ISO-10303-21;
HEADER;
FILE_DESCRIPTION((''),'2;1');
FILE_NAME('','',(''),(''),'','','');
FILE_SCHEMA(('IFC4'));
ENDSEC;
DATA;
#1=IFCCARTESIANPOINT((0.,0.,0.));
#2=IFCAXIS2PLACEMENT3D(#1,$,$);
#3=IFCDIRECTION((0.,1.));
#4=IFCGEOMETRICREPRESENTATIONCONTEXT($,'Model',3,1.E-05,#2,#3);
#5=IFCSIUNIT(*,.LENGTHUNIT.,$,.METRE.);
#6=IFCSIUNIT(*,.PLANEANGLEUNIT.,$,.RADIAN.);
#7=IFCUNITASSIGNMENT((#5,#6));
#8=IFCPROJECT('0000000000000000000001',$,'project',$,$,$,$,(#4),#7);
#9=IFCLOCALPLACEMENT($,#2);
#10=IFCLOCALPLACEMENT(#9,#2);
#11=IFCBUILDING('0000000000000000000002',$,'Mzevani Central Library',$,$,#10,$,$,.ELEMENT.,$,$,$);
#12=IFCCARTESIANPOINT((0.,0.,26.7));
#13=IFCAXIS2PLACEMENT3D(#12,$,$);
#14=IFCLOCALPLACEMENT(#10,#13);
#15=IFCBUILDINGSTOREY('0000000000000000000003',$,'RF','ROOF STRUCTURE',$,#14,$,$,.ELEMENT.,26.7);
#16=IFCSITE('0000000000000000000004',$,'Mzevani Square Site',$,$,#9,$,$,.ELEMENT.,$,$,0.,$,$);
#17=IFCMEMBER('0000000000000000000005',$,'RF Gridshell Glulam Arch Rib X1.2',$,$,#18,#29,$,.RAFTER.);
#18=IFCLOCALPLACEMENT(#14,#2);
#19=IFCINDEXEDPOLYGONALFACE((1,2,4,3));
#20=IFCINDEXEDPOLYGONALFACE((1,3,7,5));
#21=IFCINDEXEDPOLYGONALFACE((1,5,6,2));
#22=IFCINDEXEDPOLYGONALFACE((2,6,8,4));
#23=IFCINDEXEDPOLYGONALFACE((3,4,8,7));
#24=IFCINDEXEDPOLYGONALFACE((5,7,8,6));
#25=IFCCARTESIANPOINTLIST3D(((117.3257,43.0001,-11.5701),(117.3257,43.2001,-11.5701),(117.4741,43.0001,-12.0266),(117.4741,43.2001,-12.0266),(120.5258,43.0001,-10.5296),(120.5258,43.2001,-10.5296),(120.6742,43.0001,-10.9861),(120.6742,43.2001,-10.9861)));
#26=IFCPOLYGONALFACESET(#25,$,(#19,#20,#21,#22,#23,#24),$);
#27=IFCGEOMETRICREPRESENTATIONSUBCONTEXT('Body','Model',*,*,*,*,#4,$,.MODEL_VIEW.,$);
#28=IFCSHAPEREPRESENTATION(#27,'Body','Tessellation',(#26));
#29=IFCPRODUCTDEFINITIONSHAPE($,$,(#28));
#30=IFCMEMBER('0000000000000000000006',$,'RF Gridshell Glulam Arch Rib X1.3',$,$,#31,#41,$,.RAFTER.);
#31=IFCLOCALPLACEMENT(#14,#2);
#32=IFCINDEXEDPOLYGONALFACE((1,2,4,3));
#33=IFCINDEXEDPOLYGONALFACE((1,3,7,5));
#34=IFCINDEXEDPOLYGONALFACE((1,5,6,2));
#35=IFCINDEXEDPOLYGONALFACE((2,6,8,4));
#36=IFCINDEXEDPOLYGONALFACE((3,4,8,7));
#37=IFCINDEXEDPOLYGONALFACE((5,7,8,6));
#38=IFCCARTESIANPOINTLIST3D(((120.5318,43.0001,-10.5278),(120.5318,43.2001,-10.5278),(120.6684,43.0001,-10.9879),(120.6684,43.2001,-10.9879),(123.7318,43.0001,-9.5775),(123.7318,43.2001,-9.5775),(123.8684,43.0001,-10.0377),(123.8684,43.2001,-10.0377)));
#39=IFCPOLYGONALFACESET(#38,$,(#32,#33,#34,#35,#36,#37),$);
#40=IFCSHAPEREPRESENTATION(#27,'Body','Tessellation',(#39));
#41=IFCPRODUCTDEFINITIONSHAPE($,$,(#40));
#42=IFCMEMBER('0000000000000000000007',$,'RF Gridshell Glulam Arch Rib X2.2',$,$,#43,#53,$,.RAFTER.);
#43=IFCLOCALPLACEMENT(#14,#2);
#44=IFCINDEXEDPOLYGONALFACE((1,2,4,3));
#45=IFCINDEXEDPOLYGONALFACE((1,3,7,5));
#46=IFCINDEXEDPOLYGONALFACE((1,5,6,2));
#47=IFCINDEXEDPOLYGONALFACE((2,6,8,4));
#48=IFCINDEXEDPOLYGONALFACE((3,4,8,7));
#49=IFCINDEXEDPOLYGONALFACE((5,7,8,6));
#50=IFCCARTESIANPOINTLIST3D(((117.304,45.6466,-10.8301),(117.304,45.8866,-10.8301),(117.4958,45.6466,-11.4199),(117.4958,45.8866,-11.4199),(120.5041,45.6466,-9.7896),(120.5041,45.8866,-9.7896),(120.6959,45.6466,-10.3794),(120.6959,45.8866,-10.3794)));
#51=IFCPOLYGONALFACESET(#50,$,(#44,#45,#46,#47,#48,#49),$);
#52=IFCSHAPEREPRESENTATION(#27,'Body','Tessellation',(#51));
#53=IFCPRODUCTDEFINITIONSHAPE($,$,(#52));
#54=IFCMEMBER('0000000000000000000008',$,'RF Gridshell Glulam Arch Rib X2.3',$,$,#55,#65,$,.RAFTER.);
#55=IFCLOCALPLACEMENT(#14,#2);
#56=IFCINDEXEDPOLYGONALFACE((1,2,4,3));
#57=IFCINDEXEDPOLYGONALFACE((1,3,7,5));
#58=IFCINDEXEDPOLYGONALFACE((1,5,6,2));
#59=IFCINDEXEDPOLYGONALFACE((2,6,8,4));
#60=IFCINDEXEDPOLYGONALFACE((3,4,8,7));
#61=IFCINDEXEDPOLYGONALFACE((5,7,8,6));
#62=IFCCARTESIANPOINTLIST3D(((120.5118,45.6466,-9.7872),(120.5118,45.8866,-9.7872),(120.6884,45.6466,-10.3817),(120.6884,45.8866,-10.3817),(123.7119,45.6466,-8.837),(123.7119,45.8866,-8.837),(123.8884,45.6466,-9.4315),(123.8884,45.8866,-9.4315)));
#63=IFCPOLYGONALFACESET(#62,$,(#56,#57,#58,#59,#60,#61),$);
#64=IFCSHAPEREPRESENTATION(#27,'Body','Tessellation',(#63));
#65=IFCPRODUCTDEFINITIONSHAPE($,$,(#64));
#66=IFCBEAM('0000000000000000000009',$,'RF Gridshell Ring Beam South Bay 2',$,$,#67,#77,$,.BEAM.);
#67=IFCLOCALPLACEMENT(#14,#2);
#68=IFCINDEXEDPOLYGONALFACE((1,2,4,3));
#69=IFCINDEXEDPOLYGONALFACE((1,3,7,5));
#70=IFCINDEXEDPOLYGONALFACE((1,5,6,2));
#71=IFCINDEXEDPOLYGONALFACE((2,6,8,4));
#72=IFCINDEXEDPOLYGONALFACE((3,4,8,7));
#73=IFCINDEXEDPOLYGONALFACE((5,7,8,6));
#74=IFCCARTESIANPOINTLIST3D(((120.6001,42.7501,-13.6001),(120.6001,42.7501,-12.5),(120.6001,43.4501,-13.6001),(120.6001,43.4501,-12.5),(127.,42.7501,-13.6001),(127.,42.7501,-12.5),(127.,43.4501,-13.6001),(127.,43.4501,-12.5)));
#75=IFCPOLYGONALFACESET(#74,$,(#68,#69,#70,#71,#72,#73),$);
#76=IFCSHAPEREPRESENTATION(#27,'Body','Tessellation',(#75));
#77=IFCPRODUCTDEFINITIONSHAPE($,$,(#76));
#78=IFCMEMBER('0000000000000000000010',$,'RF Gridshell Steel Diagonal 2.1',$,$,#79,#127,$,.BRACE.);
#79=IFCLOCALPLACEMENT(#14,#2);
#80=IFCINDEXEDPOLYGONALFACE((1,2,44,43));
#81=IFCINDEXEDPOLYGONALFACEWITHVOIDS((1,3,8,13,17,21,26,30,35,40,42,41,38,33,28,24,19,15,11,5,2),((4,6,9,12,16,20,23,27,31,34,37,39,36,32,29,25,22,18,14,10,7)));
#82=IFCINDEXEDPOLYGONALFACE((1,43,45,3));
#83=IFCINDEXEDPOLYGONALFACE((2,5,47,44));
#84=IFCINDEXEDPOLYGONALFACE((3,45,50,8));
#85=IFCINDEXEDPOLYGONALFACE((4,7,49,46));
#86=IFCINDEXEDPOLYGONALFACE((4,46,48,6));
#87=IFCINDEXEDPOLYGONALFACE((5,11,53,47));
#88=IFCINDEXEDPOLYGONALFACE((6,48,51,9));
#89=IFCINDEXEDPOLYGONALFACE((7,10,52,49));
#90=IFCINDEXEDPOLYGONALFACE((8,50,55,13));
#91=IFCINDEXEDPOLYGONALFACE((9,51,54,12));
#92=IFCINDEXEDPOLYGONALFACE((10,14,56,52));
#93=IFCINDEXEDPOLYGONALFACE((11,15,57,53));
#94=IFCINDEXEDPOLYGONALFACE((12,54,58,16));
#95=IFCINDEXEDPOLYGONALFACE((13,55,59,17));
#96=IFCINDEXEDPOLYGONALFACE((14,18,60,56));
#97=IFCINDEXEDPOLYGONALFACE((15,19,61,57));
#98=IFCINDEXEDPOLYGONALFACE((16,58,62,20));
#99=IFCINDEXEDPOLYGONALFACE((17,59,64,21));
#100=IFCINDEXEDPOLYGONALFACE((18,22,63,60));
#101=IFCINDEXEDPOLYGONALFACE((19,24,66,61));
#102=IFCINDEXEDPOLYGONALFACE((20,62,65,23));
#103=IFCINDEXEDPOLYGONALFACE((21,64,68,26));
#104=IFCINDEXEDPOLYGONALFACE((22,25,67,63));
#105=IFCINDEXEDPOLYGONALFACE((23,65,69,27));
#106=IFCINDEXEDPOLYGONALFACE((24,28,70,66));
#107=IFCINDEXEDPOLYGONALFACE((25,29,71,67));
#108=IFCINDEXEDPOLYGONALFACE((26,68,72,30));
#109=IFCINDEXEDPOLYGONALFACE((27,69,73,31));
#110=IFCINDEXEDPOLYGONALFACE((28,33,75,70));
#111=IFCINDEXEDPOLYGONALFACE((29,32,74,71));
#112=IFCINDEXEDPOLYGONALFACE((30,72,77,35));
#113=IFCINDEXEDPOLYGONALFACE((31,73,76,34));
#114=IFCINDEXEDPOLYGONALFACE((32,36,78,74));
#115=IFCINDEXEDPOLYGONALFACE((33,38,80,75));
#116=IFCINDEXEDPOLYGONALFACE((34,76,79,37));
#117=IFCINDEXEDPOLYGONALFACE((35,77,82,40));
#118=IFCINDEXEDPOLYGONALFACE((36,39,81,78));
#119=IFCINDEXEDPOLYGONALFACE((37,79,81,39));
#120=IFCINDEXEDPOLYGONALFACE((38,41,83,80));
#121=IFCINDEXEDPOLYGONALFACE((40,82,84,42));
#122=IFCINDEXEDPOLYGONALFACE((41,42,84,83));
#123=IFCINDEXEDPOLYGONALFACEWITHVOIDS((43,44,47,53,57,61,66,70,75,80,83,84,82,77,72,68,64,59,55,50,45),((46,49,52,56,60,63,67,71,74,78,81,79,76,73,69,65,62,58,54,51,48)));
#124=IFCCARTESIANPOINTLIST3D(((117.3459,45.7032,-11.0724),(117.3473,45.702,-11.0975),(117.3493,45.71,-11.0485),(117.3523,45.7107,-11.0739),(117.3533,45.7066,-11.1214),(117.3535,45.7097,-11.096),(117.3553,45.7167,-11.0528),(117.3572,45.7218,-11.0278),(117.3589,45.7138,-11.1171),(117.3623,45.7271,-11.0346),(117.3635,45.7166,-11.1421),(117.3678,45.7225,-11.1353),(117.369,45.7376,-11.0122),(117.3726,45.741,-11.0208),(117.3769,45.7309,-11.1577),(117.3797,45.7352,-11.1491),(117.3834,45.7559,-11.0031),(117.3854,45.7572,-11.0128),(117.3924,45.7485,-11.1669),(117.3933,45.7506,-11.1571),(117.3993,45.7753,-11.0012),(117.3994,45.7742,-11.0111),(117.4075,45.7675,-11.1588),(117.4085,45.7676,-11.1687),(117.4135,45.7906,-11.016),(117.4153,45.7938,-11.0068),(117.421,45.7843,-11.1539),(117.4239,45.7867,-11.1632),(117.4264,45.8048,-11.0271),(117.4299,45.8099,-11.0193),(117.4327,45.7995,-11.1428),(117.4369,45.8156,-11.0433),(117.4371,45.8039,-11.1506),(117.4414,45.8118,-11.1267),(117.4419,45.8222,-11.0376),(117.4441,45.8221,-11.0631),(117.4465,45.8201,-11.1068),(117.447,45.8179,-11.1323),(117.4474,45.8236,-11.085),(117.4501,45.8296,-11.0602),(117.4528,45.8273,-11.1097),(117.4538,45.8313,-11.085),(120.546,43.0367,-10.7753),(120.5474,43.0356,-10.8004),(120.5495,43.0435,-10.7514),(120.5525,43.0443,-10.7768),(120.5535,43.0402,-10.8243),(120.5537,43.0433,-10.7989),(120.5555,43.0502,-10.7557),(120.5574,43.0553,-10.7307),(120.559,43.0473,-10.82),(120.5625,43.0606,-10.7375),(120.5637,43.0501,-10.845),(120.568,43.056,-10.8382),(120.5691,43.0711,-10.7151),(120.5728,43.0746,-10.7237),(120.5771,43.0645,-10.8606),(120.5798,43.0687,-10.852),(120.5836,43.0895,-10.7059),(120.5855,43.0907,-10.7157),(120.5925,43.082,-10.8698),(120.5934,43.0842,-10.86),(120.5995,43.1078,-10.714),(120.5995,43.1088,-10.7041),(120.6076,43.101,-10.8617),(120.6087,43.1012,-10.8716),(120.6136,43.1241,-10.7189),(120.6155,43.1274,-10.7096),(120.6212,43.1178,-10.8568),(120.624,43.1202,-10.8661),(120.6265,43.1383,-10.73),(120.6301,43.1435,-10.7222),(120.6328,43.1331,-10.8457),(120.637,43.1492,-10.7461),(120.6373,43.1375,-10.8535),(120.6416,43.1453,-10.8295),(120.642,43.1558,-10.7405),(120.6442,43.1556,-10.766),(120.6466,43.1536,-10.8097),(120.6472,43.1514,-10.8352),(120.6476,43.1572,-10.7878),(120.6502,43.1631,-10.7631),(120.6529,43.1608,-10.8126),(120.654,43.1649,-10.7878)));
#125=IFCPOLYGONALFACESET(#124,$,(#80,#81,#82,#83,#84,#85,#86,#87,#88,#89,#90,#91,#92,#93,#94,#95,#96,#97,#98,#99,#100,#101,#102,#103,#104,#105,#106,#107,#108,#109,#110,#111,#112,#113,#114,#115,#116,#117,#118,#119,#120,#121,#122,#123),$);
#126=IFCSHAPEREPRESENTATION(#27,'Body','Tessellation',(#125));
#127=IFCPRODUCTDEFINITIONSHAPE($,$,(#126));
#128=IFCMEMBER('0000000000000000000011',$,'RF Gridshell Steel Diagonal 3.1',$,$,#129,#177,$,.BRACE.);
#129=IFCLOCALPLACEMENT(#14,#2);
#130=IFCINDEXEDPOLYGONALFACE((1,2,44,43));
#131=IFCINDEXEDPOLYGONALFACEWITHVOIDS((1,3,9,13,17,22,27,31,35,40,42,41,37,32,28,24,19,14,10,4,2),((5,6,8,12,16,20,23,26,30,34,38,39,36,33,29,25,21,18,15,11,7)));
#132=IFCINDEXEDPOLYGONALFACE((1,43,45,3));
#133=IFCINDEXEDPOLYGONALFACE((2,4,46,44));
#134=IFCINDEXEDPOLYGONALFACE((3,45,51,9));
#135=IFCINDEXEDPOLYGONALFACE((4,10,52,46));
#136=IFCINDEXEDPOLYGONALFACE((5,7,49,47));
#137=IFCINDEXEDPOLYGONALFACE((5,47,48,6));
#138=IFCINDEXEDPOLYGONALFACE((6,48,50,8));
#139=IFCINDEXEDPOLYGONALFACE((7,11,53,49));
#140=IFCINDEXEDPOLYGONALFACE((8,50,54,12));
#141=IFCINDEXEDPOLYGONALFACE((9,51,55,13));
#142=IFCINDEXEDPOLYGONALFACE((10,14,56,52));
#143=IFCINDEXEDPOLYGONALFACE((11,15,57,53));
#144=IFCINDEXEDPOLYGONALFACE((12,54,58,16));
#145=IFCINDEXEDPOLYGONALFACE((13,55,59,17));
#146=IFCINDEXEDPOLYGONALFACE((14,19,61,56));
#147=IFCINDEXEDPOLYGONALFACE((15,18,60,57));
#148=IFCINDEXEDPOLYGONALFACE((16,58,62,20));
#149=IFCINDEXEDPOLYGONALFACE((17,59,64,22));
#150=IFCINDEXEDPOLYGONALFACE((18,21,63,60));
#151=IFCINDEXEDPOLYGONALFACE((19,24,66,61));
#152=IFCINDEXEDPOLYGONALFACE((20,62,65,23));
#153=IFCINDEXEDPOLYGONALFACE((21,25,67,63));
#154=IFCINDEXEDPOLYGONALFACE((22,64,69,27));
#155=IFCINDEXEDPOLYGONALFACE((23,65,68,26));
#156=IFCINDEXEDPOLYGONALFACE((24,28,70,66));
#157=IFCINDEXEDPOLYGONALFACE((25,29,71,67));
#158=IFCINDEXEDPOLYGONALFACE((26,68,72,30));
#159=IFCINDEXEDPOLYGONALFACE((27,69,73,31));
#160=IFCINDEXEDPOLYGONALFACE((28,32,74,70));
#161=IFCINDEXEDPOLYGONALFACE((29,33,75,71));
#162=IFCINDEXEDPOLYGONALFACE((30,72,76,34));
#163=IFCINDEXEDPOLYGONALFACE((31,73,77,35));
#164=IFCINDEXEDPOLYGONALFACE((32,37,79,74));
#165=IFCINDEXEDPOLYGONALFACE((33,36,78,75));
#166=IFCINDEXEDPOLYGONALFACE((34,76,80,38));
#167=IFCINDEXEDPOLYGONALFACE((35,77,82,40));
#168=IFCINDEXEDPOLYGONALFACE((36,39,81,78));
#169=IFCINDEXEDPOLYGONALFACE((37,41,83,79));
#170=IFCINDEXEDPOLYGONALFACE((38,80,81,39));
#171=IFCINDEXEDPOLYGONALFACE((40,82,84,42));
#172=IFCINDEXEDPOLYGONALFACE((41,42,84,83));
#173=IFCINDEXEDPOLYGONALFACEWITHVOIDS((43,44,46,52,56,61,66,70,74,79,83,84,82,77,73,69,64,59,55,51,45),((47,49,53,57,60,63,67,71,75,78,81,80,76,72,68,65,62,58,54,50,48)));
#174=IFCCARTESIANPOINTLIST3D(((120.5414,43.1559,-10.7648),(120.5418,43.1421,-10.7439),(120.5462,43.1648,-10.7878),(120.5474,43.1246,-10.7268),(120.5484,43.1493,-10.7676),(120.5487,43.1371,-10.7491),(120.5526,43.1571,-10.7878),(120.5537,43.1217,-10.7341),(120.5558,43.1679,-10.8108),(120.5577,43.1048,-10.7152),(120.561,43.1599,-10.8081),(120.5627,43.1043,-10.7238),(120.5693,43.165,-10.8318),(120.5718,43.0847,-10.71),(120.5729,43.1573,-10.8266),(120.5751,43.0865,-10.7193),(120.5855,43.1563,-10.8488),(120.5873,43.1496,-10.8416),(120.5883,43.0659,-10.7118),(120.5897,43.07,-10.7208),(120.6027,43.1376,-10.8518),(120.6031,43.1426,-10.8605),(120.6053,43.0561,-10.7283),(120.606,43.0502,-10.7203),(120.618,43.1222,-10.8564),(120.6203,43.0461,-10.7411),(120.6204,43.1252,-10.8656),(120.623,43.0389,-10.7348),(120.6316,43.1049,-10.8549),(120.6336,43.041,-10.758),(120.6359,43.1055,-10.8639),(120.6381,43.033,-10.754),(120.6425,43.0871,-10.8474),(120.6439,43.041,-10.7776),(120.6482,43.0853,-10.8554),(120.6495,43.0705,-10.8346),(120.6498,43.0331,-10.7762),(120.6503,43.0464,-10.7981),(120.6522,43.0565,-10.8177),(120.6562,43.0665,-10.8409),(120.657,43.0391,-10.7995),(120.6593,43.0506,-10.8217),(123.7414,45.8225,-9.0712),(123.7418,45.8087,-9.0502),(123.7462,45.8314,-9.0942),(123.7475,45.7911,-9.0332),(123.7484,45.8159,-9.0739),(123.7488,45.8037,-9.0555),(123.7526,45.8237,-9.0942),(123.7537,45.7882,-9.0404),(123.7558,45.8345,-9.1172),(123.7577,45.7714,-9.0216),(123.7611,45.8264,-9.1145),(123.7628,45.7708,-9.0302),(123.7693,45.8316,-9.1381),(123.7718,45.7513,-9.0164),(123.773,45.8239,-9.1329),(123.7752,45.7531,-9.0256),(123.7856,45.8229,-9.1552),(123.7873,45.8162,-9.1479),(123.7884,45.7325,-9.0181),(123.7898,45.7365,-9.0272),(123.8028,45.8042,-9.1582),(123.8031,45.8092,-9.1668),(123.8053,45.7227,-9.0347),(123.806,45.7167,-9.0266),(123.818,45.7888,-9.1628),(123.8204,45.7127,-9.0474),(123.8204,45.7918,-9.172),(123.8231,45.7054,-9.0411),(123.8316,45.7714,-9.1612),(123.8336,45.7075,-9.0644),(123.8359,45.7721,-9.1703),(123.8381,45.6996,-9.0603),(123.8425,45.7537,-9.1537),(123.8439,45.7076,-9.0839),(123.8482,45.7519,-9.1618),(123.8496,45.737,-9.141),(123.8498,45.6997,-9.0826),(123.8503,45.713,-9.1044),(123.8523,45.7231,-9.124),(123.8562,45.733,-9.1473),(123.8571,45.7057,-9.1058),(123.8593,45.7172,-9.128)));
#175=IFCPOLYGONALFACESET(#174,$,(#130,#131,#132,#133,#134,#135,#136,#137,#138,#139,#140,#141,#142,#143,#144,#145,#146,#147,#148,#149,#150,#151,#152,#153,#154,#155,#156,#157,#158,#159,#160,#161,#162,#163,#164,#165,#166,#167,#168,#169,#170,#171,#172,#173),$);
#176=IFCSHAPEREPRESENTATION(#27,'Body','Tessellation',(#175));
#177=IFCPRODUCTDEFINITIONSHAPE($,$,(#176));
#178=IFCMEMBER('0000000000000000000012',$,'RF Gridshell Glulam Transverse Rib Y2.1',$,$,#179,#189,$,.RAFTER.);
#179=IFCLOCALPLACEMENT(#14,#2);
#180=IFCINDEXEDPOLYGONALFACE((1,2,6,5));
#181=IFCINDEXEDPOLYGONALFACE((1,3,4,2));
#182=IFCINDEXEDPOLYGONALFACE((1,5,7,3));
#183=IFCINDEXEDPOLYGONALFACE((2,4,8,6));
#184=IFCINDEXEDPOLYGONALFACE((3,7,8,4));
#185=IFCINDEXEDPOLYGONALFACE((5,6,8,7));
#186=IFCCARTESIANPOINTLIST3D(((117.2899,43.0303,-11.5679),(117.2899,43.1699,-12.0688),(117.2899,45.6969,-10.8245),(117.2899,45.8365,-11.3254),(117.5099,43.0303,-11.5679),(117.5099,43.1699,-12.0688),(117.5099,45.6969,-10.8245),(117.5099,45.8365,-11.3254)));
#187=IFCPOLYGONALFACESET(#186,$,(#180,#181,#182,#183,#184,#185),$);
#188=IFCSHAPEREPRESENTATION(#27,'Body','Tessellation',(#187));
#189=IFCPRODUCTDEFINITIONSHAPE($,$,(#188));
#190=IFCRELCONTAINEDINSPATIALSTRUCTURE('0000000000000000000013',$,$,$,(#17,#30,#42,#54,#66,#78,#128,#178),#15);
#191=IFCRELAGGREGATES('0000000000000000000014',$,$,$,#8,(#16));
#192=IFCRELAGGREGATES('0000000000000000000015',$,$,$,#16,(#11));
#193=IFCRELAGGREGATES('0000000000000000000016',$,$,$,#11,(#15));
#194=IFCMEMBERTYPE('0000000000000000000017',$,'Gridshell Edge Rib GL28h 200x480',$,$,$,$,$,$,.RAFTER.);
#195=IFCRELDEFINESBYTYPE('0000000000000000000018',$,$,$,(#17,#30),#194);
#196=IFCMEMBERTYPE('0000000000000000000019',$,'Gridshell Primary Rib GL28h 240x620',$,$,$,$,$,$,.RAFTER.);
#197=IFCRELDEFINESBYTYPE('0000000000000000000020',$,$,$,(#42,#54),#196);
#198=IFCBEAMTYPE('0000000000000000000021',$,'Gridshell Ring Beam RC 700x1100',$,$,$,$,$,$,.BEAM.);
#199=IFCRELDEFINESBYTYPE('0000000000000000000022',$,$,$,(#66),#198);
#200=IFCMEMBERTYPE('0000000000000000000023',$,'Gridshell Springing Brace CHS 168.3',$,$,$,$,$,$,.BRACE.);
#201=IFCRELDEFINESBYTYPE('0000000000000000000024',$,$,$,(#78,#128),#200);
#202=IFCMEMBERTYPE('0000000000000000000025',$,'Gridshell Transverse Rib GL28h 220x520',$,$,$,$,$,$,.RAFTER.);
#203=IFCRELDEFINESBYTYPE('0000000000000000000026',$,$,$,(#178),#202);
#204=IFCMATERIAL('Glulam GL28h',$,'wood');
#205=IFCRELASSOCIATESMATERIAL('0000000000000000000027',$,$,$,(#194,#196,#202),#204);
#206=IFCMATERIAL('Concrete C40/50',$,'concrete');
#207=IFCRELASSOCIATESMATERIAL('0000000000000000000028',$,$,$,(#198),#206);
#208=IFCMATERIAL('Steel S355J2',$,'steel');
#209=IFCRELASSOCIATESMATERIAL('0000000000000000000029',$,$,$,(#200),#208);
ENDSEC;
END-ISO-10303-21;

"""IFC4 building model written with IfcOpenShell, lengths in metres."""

from ifc_helpers import new_model, si_unit, direction, frame, origin, origin_2d, place, context, subcontext, project, spatial, rectangle, hollow_circle, extrude, material, material_profile, profile_set, type_object, element, save


model = new_model("IFC4")

# Units and contexts
model_context = context("Model", 3, precision=1e-05, world=origin(), true_north=direction((0.0, 1.0)))
body_context = subcontext(model_context, "Body", "Model", "MODEL_VIEW")
ifc_project = project(units=[si_unit("LENGTHUNIT", "METRE"), si_unit("PLANEANGLEUNIT", "RADIAN")], contexts=[model_context])

# Site, building, storey
site_placement = place(None, origin())
site = spatial("IfcSite", under=ifc_project, at=site_placement, Name="Mzevani Square Site", CompositionType="ELEMENT", RefElevation=0.0)
building_placement = place(site_placement, origin())
building = spatial("IfcBuilding", under=site, at=building_placement, Name="Mzevani Central Library", CompositionType="ELEMENT")
storey_placement = place(building_placement, frame((0.0, 0.0, 26.7)))
storey = spatial("IfcBuildingStorey", under=building, at=storey_placement, Name="RF", Description="ROOF STRUCTURE", CompositionType="ELEMENT", Elevation=26.7)

# Members
ifc_material_1 = material(Name="Steel S355J2", Category="steel")
ifc_material_2 = material(Name="Glulam GL28h", Category="wood")
ifc_material_profile_1 = material_profile(ifc_material_2, rectangle(XDim=0.2, YDim=0.48, at=origin_2d()), Name="GL28h 200x480")
ifc_profile_set_1 = profile_set([ifc_material_profile_1], Name="Glulam GL28h")
member_type_1 = type_object("IfcMemberType", Name="Gridshell Edge Rib GL28h 200x480", PredefinedType="RAFTER", material=ifc_profile_set_1)
member_1_placement = place(storey_placement, frame((117.3999, 43.1001, -11.7983), z_axis=(0.950994, 0.0, 0.309211), x_axis=(0.0, 1.0, 0.0)))
element("IfcMember", 1, at=member_1_placement, inside=storey, type_object=member_type_1, Name="RF Gridshell Glulam Arch Rib X1.2", PredefinedType="RAFTER", context=body_context, shape_type="SweptSolid", body=[
    extrude(rectangle(XDim=0.2, YDim=0.48, at=origin_2d()), origin(), (0.0, 0.0, 1.0), 3.365),
])
member_2_placement = place(storey_placement, frame((120.6001, 43.1001, -10.7578), z_axis=(0.95863, 0.0, 0.284656), x_axis=(0.0, 1.0, 0.0)))
element("IfcMember", 2, at=member_2_placement, inside=storey, type_object=member_type_1, Name="RF Gridshell Glulam Arch Rib X1.3", PredefinedType="RAFTER", context=body_context, shape_type="SweptSolid", body=[
    extrude(rectangle(XDim=0.2, YDim=0.48, at=origin_2d()), origin(), (0.0, 0.0, 1.0), 3.3381),
])
ifc_material_profile_2 = material_profile(ifc_material_2, rectangle(XDim=0.24, YDim=0.6201, at=origin_2d()), Name="GL28h 240x620")
ifc_profile_set_2 = profile_set([ifc_material_profile_2], Name="Glulam GL28h")
member_type_2 = type_object("IfcMemberType", Name="Gridshell Primary Rib GL28h 240x620", PredefinedType="RAFTER", material=ifc_profile_set_2)
member_3_placement = place(storey_placement, frame((117.3999, 45.7666, -11.125), z_axis=(0.950994, 0.0, 0.309211), x_axis=(0.0, 1.0, 0.0)))
element("IfcMember", 3, at=member_3_placement, inside=storey, type_object=member_type_2, Name="RF Gridshell Glulam Arch Rib X2.2", PredefinedType="RAFTER", context=body_context, shape_type="SweptSolid", body=[
    extrude(rectangle(XDim=0.24, YDim=0.6201, at=origin_2d()), origin(), (0.0, 0.0, 1.0), 3.365),
])
member_4_placement = place(storey_placement, frame((120.6001, 45.7666, -10.0845), z_axis=(0.95863, 0.0, 0.284656), x_axis=(0.0, 1.0, 0.0)))
element("IfcMember", 4, at=member_4_placement, inside=storey, type_object=member_type_2, Name="RF Gridshell Glulam Arch Rib X2.3", PredefinedType="RAFTER", context=body_context, shape_type="SweptSolid", body=[
    extrude(rectangle(XDim=0.24, YDim=0.6201, at=origin_2d()), origin(), (0.0, 0.0, 1.0), 3.3381),
])

# Beam
ifc_material_3 = material(Name="Concrete C40/50", Category="concrete")
ifc_material_profile_3 = material_profile(ifc_material_3, rectangle(XDim=0.7, YDim=1.1001, at=origin_2d()), Name="RC RB700x1100")
ifc_profile_set_3 = profile_set([ifc_material_profile_3], Name="Concrete C40/50")
beam_type_1 = type_object("IfcBeamType", Name="Gridshell Ring Beam RC 700x1100", PredefinedType="BEAM", material=ifc_profile_set_3)
beam_1_placement = place(storey_placement, frame((120.6001, 43.1001, -13.05), z_axis=(1.0, 0.0, 0.0), x_axis=(0.0, 1.0, 0.0)))
element("IfcBeam", 5, at=beam_1_placement, inside=storey, type_object=beam_type_1, Name="RF Gridshell Ring Beam South Bay 2", PredefinedType="BEAM", context=body_context, shape_type="SweptSolid", body=[
    extrude(rectangle(XDim=0.7, YDim=1.1001, at=origin_2d()), origin(), (0.0, 0.0, 1.0), 6.3999),
])

# Members
ifc_material_profile_4 = material_profile(ifc_material_1, hollow_circle(Radius=0.0842, WallThickness=0.01, at=origin_2d()), Name="CHS 168.3x10.0")
ifc_profile_set_4 = profile_set([ifc_material_profile_4], Name="Steel S355J2")
member_type_3 = type_object("IfcMemberType", Name="Gridshell Springing Brace CHS 168.3", PredefinedType="BRACE", material=ifc_profile_set_4)
member_5_placement = place(storey_placement, frame((117.3999, 45.7666, -11.085), z_axis=(0.766313, -0.638516, 0.071148), x_axis=(0.640138, 0.76826, 0.0)))
element("IfcMember", 6, at=member_5_placement, inside=storey, type_object=member_type_3, Name="RF Gridshell Steel Diagonal 2.1", PredefinedType="BRACE", context=body_context, shape_type="SweptSolid", body=[
    extrude(hollow_circle(Radius=0.0842, WallThickness=0.01, at=origin_2d()), origin(), (0.0, 0.0, 1.0), 4.176),
])
member_6_placement = place(storey_placement, frame((120.6001, 43.1001, -10.7878), z_axis=(0.711659, 0.593022, 0.376652), x_axis=(-0.640167, 0.768236, 0.0)))
element("IfcMember", 7, at=member_6_placement, inside=storey, type_object=member_type_3, Name="RF Gridshell Steel Diagonal 3.1", PredefinedType="BRACE", context=body_context, shape_type="SweptSolid", body=[
    extrude(hollow_circle(Radius=0.0842, WallThickness=0.01, at=origin_2d()), origin(), (0.0, 0.0, 1.0), 4.4966),
])
ifc_material_profile_5 = material_profile(ifc_material_2, rectangle(XDim=0.22, YDim=0.52, at=origin_2d()), Name="GL28h 220x520")
ifc_profile_set_5 = profile_set([ifc_material_profile_5], Name="Glulam GL28h")
member_type_4 = type_object("IfcMemberType", Name="Gridshell Transverse Rib GL28h 220x520", PredefinedType="RAFTER", material=ifc_profile_set_5)
member_7_placement = place(storey_placement, frame((117.3999, 43.1001, -11.8184), z_axis=(0.0, 0.963265, 0.268553), x_axis=(-1.0, 0.0, 0.0)))
element("IfcMember", 8, at=member_7_placement, inside=storey, type_object=member_type_4, Name="RF Gridshell Glulam Transverse Rib Y2.1", PredefinedType="RAFTER", context=body_context, shape_type="SweptSolid", body=[
    extrude(rectangle(XDim=0.22, YDim=0.52, at=origin_2d()), origin(), (0.0, 0.0, 1.0), 2.7683),
])

save(model, "model.ifc")
